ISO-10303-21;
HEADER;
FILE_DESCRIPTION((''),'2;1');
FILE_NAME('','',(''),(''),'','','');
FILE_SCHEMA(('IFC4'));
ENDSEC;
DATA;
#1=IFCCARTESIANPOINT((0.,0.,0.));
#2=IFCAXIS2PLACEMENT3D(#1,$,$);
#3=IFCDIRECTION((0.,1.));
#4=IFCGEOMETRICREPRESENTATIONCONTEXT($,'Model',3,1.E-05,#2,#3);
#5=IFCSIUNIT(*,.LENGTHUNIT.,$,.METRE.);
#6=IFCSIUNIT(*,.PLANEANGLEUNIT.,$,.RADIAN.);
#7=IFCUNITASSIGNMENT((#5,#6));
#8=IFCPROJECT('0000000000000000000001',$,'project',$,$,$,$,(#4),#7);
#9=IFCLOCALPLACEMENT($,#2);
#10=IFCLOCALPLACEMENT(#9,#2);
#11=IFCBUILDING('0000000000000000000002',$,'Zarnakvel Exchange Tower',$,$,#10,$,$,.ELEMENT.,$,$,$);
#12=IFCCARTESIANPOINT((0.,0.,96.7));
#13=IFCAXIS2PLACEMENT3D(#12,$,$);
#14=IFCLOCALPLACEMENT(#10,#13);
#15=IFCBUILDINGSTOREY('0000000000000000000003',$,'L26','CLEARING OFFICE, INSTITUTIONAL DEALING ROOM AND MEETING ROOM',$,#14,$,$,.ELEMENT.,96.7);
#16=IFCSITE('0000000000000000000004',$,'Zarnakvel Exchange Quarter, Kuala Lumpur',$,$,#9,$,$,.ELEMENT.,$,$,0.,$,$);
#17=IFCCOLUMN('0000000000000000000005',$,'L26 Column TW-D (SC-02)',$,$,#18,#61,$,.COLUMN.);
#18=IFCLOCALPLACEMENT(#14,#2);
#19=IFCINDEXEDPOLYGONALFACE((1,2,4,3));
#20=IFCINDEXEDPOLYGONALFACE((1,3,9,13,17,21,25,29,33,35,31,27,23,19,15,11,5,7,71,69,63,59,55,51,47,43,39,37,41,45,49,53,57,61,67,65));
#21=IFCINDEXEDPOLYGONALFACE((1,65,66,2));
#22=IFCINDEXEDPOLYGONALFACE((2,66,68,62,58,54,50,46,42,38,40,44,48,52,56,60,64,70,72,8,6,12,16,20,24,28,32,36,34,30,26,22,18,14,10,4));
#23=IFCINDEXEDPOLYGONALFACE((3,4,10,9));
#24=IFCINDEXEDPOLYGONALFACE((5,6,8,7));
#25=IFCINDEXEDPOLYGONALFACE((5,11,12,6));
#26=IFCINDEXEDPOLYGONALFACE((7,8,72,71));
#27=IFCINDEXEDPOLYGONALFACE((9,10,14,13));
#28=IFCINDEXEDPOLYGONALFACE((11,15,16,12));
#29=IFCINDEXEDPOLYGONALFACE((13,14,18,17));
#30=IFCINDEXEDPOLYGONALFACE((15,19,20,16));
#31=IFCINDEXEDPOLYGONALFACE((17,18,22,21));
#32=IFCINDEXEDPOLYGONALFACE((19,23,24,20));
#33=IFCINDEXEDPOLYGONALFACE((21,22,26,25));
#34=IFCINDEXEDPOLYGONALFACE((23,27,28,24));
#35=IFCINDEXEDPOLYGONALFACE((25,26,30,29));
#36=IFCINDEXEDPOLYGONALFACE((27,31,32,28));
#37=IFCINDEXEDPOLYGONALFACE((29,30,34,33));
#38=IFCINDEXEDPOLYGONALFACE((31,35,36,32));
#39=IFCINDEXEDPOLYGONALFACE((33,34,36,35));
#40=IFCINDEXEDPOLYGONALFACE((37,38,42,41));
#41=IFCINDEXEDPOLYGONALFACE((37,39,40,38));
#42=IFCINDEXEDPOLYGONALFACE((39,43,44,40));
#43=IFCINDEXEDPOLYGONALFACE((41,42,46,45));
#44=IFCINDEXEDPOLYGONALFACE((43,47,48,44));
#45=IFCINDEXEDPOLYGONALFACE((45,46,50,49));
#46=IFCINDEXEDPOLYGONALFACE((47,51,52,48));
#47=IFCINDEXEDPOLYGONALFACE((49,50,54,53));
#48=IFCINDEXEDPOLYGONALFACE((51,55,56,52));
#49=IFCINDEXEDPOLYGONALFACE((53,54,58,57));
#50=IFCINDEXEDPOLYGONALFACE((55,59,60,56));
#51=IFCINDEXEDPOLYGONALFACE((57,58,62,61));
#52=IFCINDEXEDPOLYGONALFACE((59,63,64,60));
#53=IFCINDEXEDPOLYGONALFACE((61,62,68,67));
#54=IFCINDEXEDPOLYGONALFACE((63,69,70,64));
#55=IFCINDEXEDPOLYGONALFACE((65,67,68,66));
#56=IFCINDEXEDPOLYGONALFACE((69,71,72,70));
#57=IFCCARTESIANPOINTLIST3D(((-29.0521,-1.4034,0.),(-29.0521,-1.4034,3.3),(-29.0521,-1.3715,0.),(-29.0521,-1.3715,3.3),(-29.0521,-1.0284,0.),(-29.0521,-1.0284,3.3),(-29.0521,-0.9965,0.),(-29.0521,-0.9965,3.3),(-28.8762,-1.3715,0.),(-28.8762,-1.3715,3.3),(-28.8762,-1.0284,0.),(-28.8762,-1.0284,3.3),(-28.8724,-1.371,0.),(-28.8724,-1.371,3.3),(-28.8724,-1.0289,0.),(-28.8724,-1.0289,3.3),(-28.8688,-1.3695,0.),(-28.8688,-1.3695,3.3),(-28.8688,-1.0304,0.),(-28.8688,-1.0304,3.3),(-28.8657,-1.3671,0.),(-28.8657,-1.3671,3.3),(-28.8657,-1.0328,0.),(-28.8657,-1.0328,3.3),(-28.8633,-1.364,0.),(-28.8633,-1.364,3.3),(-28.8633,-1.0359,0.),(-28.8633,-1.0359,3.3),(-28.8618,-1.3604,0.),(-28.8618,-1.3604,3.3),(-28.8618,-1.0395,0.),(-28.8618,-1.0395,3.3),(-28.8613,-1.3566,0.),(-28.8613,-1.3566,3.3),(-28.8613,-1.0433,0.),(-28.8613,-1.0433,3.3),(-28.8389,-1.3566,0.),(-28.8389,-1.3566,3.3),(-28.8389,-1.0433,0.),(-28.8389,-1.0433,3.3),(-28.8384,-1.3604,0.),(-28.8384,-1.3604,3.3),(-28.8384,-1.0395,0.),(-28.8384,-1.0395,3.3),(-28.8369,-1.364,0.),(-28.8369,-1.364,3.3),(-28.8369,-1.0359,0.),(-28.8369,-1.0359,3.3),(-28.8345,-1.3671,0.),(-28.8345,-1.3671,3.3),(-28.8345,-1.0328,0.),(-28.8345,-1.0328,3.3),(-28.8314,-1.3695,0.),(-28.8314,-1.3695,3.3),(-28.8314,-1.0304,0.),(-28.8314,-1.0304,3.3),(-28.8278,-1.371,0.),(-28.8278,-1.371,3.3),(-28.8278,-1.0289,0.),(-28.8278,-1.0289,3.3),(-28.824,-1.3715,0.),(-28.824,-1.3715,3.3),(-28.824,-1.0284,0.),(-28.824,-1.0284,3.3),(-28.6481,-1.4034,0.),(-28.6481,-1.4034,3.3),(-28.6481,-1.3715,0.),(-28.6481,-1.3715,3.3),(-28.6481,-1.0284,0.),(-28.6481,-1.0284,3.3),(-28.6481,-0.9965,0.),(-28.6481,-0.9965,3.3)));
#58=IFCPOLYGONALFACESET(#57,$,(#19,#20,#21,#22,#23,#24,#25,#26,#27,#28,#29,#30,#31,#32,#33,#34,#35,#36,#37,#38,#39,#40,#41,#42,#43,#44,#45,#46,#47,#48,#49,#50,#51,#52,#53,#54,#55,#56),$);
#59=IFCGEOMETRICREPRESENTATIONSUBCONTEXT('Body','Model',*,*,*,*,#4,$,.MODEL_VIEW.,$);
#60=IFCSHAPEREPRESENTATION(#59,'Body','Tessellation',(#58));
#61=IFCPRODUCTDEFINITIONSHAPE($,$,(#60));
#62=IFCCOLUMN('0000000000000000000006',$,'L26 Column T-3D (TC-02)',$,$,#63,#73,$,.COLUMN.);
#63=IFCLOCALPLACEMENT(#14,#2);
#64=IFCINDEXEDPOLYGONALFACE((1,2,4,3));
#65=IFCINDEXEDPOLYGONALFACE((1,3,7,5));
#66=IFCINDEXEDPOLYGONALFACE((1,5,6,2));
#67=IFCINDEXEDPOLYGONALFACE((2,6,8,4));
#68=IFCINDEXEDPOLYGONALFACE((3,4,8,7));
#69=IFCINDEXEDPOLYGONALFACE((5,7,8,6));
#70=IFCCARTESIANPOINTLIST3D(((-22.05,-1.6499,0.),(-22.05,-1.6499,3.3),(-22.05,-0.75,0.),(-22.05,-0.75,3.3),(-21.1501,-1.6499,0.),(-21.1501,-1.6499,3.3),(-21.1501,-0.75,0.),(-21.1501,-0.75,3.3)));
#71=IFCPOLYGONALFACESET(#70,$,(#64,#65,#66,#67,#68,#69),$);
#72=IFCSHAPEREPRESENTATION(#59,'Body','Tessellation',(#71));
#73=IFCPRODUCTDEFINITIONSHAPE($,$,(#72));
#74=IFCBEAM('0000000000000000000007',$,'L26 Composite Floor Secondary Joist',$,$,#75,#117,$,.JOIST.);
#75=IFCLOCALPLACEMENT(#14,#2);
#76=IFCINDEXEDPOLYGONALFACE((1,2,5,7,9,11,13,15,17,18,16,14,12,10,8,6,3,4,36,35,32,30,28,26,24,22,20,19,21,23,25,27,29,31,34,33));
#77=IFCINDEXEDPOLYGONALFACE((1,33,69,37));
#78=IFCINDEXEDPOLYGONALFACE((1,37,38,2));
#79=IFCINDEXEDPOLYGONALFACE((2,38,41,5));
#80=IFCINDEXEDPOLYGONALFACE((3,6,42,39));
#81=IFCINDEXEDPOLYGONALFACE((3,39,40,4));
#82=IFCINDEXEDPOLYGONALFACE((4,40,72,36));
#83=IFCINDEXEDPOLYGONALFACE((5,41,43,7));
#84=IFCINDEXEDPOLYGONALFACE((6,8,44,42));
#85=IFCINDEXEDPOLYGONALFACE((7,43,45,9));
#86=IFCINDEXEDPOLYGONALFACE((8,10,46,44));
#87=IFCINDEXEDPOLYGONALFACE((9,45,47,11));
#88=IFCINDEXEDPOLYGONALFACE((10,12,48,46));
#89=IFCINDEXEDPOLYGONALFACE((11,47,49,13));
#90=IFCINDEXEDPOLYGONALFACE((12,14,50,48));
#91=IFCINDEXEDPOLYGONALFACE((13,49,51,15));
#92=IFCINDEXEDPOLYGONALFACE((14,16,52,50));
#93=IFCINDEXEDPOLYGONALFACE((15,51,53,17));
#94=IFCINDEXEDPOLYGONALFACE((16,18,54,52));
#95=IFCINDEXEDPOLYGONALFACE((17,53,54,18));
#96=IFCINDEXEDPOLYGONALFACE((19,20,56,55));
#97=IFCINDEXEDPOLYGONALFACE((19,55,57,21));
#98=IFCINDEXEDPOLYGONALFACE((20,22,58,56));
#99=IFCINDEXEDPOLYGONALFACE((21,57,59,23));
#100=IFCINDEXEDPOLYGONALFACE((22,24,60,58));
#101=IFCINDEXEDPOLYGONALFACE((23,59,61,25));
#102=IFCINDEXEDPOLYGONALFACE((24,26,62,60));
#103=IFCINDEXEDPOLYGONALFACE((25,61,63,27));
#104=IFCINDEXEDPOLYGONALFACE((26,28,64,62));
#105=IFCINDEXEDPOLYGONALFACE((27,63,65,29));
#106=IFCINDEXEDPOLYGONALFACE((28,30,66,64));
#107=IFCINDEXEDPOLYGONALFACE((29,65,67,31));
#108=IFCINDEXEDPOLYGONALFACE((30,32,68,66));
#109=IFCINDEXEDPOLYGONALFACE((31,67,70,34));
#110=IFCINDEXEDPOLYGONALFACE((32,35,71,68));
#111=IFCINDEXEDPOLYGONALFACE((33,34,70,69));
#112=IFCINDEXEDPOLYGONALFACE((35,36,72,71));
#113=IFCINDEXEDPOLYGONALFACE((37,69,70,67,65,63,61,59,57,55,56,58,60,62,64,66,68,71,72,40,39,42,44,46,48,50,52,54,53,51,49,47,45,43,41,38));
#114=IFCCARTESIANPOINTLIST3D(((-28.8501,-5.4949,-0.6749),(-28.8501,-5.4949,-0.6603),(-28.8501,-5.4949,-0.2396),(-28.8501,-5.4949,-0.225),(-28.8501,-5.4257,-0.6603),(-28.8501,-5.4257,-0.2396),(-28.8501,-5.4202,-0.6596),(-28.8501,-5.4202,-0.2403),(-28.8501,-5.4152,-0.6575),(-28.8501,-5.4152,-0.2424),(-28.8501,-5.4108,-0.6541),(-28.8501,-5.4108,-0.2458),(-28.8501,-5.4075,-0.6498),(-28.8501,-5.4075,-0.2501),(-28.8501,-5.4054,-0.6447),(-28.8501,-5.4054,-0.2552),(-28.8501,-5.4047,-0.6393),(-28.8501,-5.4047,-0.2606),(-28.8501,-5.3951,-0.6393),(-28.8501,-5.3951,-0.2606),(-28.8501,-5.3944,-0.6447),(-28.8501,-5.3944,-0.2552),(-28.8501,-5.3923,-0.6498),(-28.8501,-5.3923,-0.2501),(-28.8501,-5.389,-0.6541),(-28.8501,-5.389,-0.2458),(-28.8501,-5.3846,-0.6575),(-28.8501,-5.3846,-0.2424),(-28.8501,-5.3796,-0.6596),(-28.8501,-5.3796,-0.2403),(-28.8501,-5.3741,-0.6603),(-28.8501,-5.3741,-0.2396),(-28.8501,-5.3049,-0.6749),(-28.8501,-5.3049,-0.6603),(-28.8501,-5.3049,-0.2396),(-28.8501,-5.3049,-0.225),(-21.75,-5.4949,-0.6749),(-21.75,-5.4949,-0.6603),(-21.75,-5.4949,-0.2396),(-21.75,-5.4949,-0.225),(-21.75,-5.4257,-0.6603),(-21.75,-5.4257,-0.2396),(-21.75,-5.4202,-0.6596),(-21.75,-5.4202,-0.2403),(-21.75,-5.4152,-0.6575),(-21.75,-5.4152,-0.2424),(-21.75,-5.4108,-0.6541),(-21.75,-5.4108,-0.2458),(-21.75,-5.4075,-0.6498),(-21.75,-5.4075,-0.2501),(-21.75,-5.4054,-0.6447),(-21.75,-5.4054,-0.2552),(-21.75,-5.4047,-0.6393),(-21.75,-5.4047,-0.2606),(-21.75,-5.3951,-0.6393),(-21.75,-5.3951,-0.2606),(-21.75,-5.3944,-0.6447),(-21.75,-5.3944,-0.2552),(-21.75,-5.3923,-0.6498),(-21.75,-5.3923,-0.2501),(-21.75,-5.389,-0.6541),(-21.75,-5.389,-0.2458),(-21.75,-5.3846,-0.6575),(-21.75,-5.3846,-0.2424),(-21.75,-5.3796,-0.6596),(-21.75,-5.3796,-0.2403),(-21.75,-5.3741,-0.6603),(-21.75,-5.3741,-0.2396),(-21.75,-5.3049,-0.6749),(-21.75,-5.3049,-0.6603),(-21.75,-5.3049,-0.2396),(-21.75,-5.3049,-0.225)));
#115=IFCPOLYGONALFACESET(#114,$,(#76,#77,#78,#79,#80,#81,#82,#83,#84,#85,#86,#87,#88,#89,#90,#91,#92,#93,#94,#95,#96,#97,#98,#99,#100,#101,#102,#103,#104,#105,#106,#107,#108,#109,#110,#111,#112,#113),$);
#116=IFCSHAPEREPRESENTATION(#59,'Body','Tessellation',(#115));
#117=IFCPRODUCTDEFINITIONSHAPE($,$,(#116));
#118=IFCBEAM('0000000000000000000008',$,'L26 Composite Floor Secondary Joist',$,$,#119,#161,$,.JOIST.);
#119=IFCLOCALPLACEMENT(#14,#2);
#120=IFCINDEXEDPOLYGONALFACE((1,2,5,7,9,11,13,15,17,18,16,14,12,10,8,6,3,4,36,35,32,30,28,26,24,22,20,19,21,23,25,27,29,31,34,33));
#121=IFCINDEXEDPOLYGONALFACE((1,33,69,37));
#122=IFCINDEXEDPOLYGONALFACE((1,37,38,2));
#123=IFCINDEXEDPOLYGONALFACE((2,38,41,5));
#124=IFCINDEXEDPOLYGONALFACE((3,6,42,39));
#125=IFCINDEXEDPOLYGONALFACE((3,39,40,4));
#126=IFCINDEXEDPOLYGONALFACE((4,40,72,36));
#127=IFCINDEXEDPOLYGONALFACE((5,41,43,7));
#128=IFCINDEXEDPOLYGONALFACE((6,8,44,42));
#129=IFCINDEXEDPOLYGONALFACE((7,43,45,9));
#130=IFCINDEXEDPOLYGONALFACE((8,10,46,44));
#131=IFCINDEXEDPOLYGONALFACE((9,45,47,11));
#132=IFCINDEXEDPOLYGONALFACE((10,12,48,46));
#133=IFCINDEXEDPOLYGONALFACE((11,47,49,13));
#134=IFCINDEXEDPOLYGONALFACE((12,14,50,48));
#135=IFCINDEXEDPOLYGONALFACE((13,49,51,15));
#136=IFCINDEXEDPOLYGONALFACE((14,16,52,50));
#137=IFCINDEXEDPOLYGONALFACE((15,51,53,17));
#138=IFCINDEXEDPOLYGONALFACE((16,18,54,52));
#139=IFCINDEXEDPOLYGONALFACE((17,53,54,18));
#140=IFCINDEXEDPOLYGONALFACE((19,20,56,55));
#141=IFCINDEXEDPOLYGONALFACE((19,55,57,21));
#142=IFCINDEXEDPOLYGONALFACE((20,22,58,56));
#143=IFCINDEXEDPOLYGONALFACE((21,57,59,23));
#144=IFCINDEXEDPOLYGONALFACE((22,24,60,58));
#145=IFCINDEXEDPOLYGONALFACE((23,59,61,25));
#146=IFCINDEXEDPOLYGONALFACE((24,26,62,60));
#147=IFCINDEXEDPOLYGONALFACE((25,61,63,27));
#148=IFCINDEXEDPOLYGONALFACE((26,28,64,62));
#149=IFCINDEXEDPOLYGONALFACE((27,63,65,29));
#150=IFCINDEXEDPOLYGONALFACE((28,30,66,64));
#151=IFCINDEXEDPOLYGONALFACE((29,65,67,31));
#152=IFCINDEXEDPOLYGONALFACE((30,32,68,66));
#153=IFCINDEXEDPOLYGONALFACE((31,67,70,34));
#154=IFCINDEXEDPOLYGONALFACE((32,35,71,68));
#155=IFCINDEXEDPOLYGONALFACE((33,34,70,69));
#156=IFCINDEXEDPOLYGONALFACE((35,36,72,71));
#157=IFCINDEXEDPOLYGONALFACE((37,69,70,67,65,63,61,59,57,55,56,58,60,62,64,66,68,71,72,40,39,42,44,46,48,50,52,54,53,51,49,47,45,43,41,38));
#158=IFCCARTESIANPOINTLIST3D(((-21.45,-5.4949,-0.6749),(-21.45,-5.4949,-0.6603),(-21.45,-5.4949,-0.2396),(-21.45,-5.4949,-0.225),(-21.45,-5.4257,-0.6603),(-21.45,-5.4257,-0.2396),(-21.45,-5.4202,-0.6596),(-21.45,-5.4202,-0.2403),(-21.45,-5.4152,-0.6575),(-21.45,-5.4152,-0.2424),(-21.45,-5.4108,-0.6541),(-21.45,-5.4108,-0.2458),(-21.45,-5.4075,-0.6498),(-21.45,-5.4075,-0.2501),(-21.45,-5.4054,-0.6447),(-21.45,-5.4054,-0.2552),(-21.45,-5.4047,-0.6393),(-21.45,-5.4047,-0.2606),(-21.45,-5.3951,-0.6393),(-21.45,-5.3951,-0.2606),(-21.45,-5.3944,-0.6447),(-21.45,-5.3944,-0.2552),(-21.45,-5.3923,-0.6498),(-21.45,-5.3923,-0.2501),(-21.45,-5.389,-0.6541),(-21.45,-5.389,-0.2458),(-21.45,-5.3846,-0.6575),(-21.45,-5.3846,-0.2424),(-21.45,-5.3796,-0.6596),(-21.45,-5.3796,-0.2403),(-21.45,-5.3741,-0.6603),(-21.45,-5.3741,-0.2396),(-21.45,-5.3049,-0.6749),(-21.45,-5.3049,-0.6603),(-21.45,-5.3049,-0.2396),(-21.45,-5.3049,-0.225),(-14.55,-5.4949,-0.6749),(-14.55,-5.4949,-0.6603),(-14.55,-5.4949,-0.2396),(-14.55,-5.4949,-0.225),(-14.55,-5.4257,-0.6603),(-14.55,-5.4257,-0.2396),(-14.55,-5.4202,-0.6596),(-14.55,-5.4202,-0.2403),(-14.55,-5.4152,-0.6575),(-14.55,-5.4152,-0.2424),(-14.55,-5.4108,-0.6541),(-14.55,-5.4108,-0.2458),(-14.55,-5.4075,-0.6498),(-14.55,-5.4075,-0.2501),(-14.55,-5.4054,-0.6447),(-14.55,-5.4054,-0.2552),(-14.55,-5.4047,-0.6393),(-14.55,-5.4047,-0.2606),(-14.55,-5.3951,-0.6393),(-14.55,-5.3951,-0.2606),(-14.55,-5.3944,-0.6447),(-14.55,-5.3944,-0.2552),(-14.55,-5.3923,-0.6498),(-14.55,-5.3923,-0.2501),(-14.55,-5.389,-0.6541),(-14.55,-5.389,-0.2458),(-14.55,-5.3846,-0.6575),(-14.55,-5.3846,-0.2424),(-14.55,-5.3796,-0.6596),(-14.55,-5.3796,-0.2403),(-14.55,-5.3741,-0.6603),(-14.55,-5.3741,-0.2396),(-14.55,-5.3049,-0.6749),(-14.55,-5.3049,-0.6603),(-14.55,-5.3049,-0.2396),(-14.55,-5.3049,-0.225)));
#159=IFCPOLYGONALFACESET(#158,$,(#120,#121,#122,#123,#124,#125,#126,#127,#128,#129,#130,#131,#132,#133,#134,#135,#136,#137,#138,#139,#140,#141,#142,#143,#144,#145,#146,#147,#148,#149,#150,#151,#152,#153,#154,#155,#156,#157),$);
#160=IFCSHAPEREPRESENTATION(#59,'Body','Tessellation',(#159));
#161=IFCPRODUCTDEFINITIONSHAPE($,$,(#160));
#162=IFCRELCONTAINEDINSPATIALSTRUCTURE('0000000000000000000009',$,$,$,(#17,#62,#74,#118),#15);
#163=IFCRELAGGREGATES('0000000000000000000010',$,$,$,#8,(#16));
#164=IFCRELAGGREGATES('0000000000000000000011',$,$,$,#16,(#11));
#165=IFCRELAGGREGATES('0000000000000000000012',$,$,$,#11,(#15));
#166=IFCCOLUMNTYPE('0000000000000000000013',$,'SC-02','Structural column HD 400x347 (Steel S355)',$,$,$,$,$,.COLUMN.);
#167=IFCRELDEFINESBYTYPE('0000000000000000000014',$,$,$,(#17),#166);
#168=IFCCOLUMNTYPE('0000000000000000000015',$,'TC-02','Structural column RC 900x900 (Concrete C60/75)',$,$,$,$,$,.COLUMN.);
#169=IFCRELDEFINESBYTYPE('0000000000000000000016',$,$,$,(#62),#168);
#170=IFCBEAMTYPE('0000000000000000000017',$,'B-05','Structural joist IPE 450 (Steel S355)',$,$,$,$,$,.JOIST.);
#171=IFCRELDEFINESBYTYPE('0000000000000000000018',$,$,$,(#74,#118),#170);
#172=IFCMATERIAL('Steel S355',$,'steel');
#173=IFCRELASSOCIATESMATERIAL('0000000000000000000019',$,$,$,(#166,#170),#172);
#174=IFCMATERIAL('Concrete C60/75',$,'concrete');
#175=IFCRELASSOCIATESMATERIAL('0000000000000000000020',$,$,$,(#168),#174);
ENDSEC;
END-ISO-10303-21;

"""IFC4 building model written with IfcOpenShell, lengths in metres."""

from ifc_helpers import new_model, si_unit, direction, frame, origin, origin_2d, place, context, subcontext, project, spatial, rectangle, i_section, extrude, material, material_profile, profile_set, type_object, element, save


model = new_model("IFC4")

# Units and contexts
model_context = context("Model", 3, precision=1e-05, world=origin(), true_north=direction((0.0, 1.0)))
body_context = subcontext(model_context, "Body", "Model", "MODEL_VIEW")
ifc_project = project(units=[si_unit("LENGTHUNIT", "METRE"), si_unit("PLANEANGLEUNIT", "RADIAN")], contexts=[model_context])

# Site, building, storey
site_placement = place(None, origin())
site = spatial("IfcSite", under=ifc_project, at=site_placement, Name="Zarnakvel Exchange Quarter, Kuala Lumpur", CompositionType="ELEMENT", RefElevation=0.0)
building_placement = place(site_placement, origin())
building = spatial("IfcBuilding", under=site, at=building_placement, Name="Zarnakvel Exchange Tower", CompositionType="ELEMENT")
storey_placement = place(building_placement, frame((0.0, 0.0, 96.7)))
storey = spatial("IfcBuildingStorey", under=building, at=storey_placement, Name="L26", Description="CLEARING OFFICE, INSTITUTIONAL DEALING ROOM AND MEETING ROOM", CompositionType="ELEMENT", Elevation=96.7)

# Columns
ifc_material_1 = material(Name="Steel S355", Category="steel")
ifc_material_profile_1 = material_profile(ifc_material_1, i_section(OverallWidth=0.4041, OverallDepth=0.407, WebThickness=0.0225, FlangeThickness=0.032, FilletRadius=0.0149, at=origin_2d()))
ifc_profile_set_1 = profile_set([ifc_material_profile_1], Name="Steel S355")
column_type_1 = type_object("IfcColumnType", Name="SC-02", Description="Structural column HD 400x347 (Steel S355)", PredefinedType="COLUMN", material=ifc_profile_set_1)
column_1_placement = place(storey_placement, frame((-28.8501, -1.2, 0.0), z_axis=(0.0, 0.0, 1.0), x_axis=(1.0, 0.0, 0.0)))
element("IfcColumn", 1, at=column_1_placement, inside=storey, type_object=column_type_1, Name="L26 Column TW-D (SC-02)", PredefinedType="COLUMN", context=body_context, shape_type="SweptSolid", body=[
    extrude(i_section(OverallWidth=0.4041, OverallDepth=0.407, WebThickness=0.0225, FlangeThickness=0.032, FilletRadius=0.0149, at=origin_2d()), origin(), (0.0, 0.0, 1.0), 3.3),
])
ifc_material_2 = material(Name="Concrete C60/75", Category="concrete")
ifc_material_profile_2 = material_profile(ifc_material_2, rectangle(XDim=0.8999, YDim=0.8999, at=origin_2d()))
ifc_profile_set_2 = profile_set([ifc_material_profile_2], Name="Concrete C60/75")
column_type_2 = type_object("IfcColumnType", Name="TC-02", Description="Structural column RC 900x900 (Concrete C60/75)", PredefinedType="COLUMN", material=ifc_profile_set_2)
column_2_placement = place(storey_placement, frame((-21.6001, -1.2, 0.0), z_axis=(0.0, 0.0, 1.0), x_axis=(1.0, 0.0, 0.0)))
element("IfcColumn", 2, at=column_2_placement, inside=storey, type_object=column_type_2, Name="L26 Column T-3D (TC-02)", PredefinedType="COLUMN", context=body_context, shape_type="SweptSolid", body=[
    extrude(rectangle(XDim=0.8999, YDim=0.8999, at=origin_2d()), origin(), (0.0, 0.0, 1.0), 3.3),
])

# Beams
ifc_material_profile_3 = material_profile(ifc_material_1, i_section(OverallWidth=0.1899, OverallDepth=0.45, WebThickness=0.0095, FlangeThickness=0.0146, FilletRadius=0.021, at=origin_2d()))
ifc_profile_set_3 = profile_set([ifc_material_profile_3], Name="Steel S355")
beam_type_1 = type_object("IfcBeamType", Name="B-05", Description="Structural joist IPE 450 (Steel S355)", PredefinedType="JOIST", material=ifc_profile_set_3)
beam_1_placement = place(storey_placement, frame((-28.8501, -5.3999, -0.45), z_axis=(1.0, 0.0, 0.0), x_axis=(0.0, 1.0, 0.0)))
element("IfcBeam", 3, at=beam_1_placement, inside=storey, type_object=beam_type_1, Name="L26 Composite Floor Secondary Joist", PredefinedType="JOIST", context=body_context, shape_type="SweptSolid", body=[
    extrude(i_section(OverallWidth=0.1899, OverallDepth=0.45, WebThickness=0.0095, FlangeThickness=0.0146, FilletRadius=0.021, at=origin_2d()), origin(), (0.0, 0.0, 1.0), 7.1001),
])
beam_2_placement = place(storey_placement, frame((-21.45, -5.3999, -0.45), z_axis=(1.0, 0.0, 0.0), x_axis=(0.0, 1.0, 0.0)))
element("IfcBeam", 4, at=beam_2_placement, inside=storey, type_object=beam_type_1, Name="L26 Composite Floor Secondary Joist", PredefinedType="JOIST", context=body_context, shape_type="SweptSolid", body=[
    extrude(i_section(OverallWidth=0.1899, OverallDepth=0.45, WebThickness=0.0095, FlangeThickness=0.0146, FilletRadius=0.021, at=origin_2d()), origin(), (0.0, 0.0, 1.0), 6.8999),
])

save(model, "model.ifc")
